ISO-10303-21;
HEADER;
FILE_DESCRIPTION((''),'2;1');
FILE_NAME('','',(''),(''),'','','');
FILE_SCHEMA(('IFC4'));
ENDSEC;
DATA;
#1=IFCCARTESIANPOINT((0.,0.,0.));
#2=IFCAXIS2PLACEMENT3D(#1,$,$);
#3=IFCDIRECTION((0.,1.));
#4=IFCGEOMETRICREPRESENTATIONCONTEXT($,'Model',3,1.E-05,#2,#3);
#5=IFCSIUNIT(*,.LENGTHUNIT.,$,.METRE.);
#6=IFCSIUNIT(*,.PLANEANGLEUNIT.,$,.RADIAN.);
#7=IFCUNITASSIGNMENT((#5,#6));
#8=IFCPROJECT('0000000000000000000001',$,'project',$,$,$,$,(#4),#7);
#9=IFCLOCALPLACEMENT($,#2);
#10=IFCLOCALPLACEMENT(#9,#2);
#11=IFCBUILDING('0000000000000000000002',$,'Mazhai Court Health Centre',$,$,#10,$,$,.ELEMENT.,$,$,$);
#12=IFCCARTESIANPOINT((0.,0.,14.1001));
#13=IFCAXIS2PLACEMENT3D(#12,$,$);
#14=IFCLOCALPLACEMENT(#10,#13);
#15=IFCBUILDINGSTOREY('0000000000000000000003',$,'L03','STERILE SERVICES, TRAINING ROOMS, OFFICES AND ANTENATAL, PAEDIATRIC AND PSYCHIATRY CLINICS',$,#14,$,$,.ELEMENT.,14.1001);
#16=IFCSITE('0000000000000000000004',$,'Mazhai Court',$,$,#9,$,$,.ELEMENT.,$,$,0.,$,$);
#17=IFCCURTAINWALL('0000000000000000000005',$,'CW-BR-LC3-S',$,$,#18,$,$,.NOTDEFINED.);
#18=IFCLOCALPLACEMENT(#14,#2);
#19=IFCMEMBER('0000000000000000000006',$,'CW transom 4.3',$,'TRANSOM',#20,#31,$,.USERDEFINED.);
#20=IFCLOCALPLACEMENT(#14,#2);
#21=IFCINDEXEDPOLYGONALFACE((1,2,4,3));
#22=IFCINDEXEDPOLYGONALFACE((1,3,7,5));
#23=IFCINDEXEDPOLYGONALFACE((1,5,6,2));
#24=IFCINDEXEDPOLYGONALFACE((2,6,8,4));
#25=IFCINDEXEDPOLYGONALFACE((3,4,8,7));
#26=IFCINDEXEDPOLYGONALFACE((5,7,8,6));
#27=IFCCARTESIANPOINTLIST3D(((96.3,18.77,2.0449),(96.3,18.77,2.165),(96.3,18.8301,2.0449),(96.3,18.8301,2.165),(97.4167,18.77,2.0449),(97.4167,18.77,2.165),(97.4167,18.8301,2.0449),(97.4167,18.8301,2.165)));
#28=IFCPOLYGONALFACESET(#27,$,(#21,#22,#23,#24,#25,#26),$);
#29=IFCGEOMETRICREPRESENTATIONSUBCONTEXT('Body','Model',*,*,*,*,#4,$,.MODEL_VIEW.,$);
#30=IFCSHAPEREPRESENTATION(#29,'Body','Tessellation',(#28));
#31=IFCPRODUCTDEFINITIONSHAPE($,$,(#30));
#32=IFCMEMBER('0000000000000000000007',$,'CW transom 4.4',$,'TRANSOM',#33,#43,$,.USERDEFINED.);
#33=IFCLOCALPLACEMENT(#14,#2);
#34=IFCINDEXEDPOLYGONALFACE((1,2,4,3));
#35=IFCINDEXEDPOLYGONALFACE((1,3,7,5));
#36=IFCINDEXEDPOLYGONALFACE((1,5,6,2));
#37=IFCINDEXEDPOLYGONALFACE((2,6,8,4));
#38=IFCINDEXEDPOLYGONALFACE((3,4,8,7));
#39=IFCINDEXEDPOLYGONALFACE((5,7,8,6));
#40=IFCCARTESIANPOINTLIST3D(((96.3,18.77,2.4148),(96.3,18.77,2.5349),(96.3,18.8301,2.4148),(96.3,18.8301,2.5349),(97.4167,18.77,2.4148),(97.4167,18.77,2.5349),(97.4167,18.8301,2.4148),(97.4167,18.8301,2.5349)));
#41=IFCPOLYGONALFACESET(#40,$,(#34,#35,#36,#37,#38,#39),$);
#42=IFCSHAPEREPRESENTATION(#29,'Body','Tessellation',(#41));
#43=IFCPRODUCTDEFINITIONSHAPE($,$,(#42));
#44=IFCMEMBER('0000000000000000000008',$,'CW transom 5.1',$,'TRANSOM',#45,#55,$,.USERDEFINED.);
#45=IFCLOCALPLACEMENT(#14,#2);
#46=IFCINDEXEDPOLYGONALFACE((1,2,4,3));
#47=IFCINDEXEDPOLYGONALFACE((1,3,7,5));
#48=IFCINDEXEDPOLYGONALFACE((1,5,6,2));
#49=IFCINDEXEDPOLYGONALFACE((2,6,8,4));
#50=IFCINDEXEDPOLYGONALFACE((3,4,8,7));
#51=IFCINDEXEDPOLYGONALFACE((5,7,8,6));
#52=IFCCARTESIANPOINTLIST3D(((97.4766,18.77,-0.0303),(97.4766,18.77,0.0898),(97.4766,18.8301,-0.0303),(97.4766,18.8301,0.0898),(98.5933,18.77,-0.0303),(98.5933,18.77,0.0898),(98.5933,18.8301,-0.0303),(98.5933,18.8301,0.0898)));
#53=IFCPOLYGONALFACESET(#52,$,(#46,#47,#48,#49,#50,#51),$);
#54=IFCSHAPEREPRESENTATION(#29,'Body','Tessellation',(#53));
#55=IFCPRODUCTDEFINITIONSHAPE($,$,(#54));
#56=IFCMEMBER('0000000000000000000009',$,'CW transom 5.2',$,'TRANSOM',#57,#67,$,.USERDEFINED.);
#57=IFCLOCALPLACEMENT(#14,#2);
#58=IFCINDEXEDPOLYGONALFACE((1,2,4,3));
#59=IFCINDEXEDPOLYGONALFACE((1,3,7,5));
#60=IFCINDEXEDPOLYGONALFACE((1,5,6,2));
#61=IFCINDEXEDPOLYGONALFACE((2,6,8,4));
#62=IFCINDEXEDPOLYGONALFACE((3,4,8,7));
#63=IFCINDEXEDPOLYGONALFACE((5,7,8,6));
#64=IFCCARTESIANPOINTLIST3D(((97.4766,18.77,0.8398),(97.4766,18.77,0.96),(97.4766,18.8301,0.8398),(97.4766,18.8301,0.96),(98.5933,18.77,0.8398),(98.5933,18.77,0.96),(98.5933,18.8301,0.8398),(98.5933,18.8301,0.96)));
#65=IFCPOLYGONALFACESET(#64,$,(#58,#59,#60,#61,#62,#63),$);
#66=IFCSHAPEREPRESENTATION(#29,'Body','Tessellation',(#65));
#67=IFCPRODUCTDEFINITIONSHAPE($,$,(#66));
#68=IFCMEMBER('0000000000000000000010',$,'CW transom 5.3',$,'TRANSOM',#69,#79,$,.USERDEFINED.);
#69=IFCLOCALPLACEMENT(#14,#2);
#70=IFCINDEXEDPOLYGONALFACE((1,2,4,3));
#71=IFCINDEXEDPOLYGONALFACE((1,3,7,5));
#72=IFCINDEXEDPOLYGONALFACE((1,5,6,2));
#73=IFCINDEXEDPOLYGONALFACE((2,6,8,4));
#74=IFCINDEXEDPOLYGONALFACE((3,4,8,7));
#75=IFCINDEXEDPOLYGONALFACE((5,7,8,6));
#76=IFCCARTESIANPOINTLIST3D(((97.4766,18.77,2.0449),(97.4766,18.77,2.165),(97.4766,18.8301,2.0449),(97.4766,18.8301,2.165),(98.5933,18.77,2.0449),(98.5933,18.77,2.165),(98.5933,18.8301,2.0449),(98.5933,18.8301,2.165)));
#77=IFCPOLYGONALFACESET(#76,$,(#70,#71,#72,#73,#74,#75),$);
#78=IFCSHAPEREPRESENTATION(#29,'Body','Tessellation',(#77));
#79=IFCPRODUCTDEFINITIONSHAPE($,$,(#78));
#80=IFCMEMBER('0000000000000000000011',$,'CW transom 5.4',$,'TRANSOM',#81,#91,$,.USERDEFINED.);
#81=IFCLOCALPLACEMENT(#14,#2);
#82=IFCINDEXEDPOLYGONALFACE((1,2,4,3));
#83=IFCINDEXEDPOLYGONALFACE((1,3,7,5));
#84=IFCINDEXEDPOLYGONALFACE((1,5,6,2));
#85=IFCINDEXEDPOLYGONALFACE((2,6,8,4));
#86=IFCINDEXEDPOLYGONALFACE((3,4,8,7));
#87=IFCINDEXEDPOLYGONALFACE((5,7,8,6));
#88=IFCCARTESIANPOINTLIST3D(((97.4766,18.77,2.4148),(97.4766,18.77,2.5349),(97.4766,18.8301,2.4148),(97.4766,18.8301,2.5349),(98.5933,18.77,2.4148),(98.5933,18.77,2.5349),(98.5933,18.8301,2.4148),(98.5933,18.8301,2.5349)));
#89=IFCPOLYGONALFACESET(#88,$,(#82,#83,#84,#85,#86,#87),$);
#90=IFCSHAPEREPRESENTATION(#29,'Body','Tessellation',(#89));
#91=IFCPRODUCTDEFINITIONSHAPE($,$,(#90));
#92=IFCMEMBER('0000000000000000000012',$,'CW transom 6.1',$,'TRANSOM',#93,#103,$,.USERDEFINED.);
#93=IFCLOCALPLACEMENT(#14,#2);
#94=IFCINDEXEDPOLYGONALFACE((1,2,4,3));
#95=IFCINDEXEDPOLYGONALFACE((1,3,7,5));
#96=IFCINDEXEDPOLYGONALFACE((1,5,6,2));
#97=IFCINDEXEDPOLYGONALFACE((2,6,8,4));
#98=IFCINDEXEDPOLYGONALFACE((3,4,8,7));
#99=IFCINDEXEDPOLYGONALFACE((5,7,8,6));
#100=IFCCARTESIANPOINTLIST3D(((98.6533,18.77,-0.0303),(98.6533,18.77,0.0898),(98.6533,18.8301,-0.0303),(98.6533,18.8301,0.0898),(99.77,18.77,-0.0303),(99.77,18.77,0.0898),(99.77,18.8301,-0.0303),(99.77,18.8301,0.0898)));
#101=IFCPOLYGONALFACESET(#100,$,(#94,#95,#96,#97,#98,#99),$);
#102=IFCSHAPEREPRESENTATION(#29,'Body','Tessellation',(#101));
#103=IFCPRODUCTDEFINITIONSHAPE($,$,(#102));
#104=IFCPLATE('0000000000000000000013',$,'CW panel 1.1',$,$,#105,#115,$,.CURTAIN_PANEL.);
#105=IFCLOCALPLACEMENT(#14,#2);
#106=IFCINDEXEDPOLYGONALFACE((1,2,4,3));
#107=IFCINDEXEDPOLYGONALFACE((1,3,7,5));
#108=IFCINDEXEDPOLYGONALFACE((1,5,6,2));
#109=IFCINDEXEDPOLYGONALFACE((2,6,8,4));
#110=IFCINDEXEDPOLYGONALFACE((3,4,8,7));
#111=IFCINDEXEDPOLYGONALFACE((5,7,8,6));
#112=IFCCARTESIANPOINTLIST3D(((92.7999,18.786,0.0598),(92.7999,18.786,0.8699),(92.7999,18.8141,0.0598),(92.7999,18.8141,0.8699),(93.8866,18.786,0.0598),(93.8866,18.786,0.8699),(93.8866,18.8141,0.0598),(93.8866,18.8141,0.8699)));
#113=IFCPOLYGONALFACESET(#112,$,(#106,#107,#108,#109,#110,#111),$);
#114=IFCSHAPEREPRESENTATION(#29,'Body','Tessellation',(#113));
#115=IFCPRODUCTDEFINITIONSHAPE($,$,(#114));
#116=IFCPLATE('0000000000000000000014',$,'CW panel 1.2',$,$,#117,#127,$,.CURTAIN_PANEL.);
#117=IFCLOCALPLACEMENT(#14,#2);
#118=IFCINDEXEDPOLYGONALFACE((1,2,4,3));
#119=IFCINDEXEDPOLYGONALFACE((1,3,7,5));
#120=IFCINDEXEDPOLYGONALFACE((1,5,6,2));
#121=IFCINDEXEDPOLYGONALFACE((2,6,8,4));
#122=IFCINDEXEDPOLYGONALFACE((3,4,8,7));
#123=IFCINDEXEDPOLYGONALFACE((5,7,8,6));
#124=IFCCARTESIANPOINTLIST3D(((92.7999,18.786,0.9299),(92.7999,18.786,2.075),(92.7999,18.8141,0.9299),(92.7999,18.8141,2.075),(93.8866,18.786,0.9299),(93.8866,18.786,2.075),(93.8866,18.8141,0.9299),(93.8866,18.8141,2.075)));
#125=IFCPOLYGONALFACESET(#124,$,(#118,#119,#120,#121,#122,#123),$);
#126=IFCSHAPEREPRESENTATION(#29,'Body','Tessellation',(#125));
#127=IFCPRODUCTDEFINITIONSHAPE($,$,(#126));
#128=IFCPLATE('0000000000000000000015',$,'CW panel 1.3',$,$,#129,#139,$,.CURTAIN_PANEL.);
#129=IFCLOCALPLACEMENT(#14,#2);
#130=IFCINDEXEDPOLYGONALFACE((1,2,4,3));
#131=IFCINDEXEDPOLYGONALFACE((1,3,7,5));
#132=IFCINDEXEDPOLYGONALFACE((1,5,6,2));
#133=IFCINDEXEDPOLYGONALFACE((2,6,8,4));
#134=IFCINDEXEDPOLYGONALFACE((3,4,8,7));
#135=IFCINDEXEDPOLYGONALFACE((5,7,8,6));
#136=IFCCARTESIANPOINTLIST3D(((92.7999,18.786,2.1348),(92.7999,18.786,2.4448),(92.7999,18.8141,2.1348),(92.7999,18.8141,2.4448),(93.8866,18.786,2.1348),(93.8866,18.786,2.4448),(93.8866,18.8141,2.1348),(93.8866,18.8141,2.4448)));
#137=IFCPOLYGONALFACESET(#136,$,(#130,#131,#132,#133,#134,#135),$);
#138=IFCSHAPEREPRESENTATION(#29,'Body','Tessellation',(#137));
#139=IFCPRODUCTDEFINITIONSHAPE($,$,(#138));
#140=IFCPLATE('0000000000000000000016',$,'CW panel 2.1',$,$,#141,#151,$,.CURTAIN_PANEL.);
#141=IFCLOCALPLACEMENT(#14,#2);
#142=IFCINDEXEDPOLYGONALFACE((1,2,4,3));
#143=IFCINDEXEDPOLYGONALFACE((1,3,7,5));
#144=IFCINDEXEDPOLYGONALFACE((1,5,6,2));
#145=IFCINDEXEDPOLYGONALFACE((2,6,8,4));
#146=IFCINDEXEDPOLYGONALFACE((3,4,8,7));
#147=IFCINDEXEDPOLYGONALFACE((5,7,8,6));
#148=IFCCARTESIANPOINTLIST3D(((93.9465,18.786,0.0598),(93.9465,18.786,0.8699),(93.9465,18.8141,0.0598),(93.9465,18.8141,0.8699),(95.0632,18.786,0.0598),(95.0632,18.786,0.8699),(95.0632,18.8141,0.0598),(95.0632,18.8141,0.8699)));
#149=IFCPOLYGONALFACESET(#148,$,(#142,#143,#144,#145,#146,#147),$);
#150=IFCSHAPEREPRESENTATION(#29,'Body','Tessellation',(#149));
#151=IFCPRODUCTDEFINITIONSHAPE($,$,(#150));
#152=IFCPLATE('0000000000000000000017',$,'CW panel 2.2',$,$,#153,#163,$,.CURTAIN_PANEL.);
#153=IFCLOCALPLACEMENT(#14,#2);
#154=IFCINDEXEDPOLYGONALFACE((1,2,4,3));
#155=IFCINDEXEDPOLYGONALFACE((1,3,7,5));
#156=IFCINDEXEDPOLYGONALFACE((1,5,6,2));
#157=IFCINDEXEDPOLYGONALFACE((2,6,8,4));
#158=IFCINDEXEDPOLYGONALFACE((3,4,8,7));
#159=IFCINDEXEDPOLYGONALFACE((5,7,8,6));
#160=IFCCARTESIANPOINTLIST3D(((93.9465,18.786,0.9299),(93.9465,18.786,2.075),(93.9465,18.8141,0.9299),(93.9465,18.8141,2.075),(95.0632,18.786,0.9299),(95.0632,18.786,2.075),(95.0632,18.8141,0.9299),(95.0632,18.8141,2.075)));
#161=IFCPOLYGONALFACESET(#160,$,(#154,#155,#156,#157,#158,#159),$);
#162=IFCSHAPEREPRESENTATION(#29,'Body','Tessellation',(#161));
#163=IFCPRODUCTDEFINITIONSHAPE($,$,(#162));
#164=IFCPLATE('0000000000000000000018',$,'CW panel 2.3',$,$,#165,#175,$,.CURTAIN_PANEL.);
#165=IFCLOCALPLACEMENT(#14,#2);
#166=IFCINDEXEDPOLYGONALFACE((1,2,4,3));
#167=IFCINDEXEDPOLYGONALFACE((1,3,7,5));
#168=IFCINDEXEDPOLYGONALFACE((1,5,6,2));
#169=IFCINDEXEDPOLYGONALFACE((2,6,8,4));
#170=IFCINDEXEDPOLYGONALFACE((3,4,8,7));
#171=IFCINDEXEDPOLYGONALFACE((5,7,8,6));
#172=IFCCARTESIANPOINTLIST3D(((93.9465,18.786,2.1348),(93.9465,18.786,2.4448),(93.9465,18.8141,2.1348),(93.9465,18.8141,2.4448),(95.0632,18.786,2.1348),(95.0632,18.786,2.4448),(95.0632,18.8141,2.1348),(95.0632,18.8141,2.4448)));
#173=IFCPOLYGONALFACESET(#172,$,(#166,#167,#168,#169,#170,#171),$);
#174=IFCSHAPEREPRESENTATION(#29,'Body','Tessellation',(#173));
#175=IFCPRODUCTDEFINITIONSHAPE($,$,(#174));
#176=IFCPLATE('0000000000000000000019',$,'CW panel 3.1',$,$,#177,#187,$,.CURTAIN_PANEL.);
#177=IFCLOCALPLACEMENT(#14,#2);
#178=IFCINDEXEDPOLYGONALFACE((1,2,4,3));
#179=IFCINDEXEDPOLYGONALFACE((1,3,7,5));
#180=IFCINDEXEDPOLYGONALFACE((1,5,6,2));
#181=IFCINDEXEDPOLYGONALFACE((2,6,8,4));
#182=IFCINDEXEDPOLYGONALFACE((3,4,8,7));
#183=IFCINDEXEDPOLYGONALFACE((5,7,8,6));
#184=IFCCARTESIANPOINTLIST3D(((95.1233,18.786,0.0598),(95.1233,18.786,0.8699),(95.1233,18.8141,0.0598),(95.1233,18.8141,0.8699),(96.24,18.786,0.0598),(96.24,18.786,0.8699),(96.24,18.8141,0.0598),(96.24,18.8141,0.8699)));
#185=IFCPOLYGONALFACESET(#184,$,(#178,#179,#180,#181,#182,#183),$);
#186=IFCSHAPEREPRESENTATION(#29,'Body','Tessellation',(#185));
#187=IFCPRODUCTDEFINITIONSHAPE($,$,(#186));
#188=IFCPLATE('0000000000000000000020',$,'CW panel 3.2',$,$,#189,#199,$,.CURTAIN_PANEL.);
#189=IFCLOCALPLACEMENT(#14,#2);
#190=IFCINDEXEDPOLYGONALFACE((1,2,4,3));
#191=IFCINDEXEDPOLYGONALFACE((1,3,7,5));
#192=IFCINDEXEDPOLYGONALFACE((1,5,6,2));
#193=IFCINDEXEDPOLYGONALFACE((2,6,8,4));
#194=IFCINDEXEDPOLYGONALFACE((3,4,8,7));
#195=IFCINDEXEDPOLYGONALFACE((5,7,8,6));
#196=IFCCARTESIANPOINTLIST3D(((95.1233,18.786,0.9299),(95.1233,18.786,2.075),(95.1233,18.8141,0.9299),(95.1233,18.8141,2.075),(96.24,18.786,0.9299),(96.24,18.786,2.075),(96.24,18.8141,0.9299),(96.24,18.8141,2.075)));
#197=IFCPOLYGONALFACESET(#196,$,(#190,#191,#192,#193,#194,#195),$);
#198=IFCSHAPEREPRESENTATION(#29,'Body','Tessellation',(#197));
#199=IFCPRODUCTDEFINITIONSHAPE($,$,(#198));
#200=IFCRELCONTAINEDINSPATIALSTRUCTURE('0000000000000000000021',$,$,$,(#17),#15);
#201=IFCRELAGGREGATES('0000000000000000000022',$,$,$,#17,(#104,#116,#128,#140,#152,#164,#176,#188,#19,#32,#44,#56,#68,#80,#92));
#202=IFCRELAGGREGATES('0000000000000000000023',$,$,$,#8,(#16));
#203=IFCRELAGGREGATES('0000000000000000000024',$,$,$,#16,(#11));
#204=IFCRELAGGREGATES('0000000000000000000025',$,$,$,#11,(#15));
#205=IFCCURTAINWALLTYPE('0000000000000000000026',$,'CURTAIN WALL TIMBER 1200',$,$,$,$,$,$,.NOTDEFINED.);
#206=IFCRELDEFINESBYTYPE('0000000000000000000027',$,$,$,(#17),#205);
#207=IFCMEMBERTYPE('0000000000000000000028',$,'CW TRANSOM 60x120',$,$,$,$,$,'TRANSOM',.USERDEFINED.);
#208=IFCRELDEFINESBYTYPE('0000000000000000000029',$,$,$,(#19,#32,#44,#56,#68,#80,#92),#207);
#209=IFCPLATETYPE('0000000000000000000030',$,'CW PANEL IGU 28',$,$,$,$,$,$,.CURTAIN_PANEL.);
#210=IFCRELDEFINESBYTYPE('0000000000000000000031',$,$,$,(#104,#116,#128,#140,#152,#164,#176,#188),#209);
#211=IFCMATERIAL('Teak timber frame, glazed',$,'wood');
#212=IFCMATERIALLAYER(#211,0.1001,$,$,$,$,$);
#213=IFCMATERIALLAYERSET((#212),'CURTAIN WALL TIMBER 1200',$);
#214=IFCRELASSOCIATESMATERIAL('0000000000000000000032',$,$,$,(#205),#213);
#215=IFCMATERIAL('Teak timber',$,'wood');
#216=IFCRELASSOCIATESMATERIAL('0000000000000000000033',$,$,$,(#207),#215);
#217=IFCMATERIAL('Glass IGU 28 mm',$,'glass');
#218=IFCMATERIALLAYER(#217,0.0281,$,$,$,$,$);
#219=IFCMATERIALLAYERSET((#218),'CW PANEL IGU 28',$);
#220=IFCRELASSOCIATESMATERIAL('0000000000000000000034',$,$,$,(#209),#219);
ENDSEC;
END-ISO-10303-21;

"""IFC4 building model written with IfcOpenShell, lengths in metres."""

from ifc_helpers import new_model, si_unit, direction, frame, origin, origin_2d, place, context, subcontext, project, spatial, rectangle, extrude, material, layer, layer_set, material_profile, profile_set, type_object, element, aggregate, save


model = new_model("IFC4")

# Units and contexts
model_context = context("Model", 3, precision=1e-05, world=origin(), true_north=direction((0.0, 1.0)))
body_context = subcontext(model_context, "Body", "Model", "MODEL_VIEW")
ifc_project = project(units=[si_unit("LENGTHUNIT", "METRE"), si_unit("PLANEANGLEUNIT", "RADIAN")], contexts=[model_context])

# Site, building, storey
site_placement = place(None, origin())
site = spatial("IfcSite", under=ifc_project, at=site_placement, Name="Mazhai Court", CompositionType="ELEMENT", RefElevation=0.0)
building_placement = place(site_placement, origin())
building = spatial("IfcBuilding", under=site, at=building_placement, Name="Mazhai Court Health Centre", CompositionType="ELEMENT")
storey_placement = place(building_placement, frame((0.0, 0.0, 14.1001)))
storey = spatial("IfcBuildingStorey", under=building, at=storey_placement, Name="L03", Description="STERILE SERVICES, TRAINING ROOMS, OFFICES AND ANTENATAL, PAEDIATRIC AND PSYCHIATRY CLINICS", CompositionType="ELEMENT", Elevation=14.1001)

# Curtain wall, members, plates
ifc_material_1 = material(Name="Teak timber frame, glazed", Category="wood")
ifc_layer_1 = layer(ifc_material_1, 0.1001)
ifc_layer_set_1 = layer_set([ifc_layer_1], Name="CURTAIN WALL TIMBER 1200")
curtain_wall_type = type_object("IfcCurtainWallType", Name="CURTAIN WALL TIMBER 1200", PredefinedType="NOTDEFINED", material=ifc_layer_set_1)
curtain_wall_placement = place(storey_placement, origin())
curtain_wall = element("IfcCurtainWall", 1, at=curtain_wall_placement, inside=storey, type_object=curtain_wall_type, Name="CW-BR-LC3-S", PredefinedType="NOTDEFINED")
ifc_material_2 = material(Name="Teak timber", Category="wood")
ifc_material_profile_1 = material_profile(ifc_material_2, rectangle(XDim=0.0601, YDim=0.1201, at=origin_2d()), Name="CW TRANSOM 60x120")
ifc_profile_set_1 = profile_set([ifc_material_profile_1], Name="Teak timber")
member_type_1 = type_object("IfcMemberType", Name="CW TRANSOM 60x120", ElementType="TRANSOM", PredefinedType="USERDEFINED", material=ifc_profile_set_1)
member_1_placement = place(storey_placement, frame((96.3, 18.8, 2.105), z_axis=(1.0, 0.0, 0.0), x_axis=(0.0, 1.0, 0.0)))
member_1 = element("IfcMember", 2, at=member_1_placement, type_object=member_type_1, Name="CW transom 4.3", ObjectType="TRANSOM", PredefinedType="USERDEFINED", context=body_context, shape_type="SweptSolid", body=[
    extrude(rectangle(XDim=0.0601, YDim=0.1201, at=origin_2d()), origin(), (0.0, 0.0, 1.0), 1.1167),
])
member_2_placement = place(storey_placement, frame((96.3, 18.8, 2.4749), z_axis=(1.0, 0.0, 0.0), x_axis=(0.0, 1.0, 0.0)))
member_2 = element("IfcMember", 3, at=member_2_placement, type_object=member_type_1, Name="CW transom 4.4", ObjectType="TRANSOM", PredefinedType="USERDEFINED", context=body_context, shape_type="SweptSolid", body=[
    extrude(rectangle(XDim=0.0601, YDim=0.1201, at=origin_2d()), origin(), (0.0, 0.0, 1.0), 1.1167),
])
member_3_placement = place(storey_placement, frame((97.4766, 18.8, 0.0298), z_axis=(1.0, 0.0, 0.0), x_axis=(0.0, 1.0, 0.0)))
member_3 = element("IfcMember", 4, at=member_3_placement, type_object=member_type_1, Name="CW transom 5.1", ObjectType="TRANSOM", PredefinedType="USERDEFINED", context=body_context, shape_type="SweptSolid", body=[
    extrude(rectangle(XDim=0.0601, YDim=0.1201, at=origin_2d()), origin(), (0.0, 0.0, 1.0), 1.1167),
])
member_4_placement = place(storey_placement, frame((97.4766, 18.8, 0.8999), z_axis=(1.0, 0.0, 0.0), x_axis=(0.0, 1.0, 0.0)))
member_4 = element("IfcMember", 5, at=member_4_placement, type_object=member_type_1, Name="CW transom 5.2", ObjectType="TRANSOM", PredefinedType="USERDEFINED", context=body_context, shape_type="SweptSolid", body=[
    extrude(rectangle(XDim=0.0601, YDim=0.1201, at=origin_2d()), origin(), (0.0, 0.0, 1.0), 1.1167),
])
member_5_placement = place(storey_placement, frame((97.4766, 18.8, 2.105), z_axis=(1.0, 0.0, 0.0), x_axis=(0.0, 1.0, 0.0)))
member_5 = element("IfcMember", 6, at=member_5_placement, type_object=member_type_1, Name="CW transom 5.3", ObjectType="TRANSOM", PredefinedType="USERDEFINED", context=body_context, shape_type="SweptSolid", body=[
    extrude(rectangle(XDim=0.0601, YDim=0.1201, at=origin_2d()), origin(), (0.0, 0.0, 1.0), 1.1167),
])
member_6_placement = place(storey_placement, frame((97.4766, 18.8, 2.4749), z_axis=(1.0, 0.0, 0.0), x_axis=(0.0, 1.0, 0.0)))
member_6 = element("IfcMember", 7, at=member_6_placement, type_object=member_type_1, Name="CW transom 5.4", ObjectType="TRANSOM", PredefinedType="USERDEFINED", context=body_context, shape_type="SweptSolid", body=[
    extrude(rectangle(XDim=0.0601, YDim=0.1201, at=origin_2d()), origin(), (0.0, 0.0, 1.0), 1.1167),
])
member_7_placement = place(storey_placement, frame((98.6533, 18.8, 0.0298), z_axis=(1.0, 0.0, 0.0), x_axis=(0.0, 1.0, 0.0)))
member_7 = element("IfcMember", 8, at=member_7_placement, type_object=member_type_1, Name="CW transom 6.1", ObjectType="TRANSOM", PredefinedType="USERDEFINED", context=body_context, shape_type="SweptSolid", body=[
    extrude(rectangle(XDim=0.0601, YDim=0.1201, at=origin_2d()), origin(), (0.0, 0.0, 1.0), 1.1167),
])
ifc_material_3 = material(Name="Glass IGU 28 mm", Category="glass")
ifc_layer_2 = layer(ifc_material_3, 0.0281)
ifc_layer_set_2 = layer_set([ifc_layer_2], Name="CW PANEL IGU 28")
plate_type = type_object("IfcPlateType", Name="CW PANEL IGU 28", PredefinedType="CURTAIN_PANEL", material=ifc_layer_set_2)
plate_1_placement = place(storey_placement, frame((93.3433, 18.8, 0.0598), z_axis=(0.0, 0.0, 1.0), x_axis=(1.0, 0.0, 0.0)))
plate_1 = element("IfcPlate", 9, at=plate_1_placement, type_object=plate_type, Name="CW panel 1.1", PredefinedType="CURTAIN_PANEL", context=body_context, shape_type="SweptSolid", body=[
    extrude(rectangle(XDim=1.0867, YDim=0.0281, at=origin_2d()), origin(), (0.0, 0.0, 1.0), 0.8101),
])
plate_2_placement = place(storey_placement, frame((93.3433, 18.8, 0.9299), z_axis=(0.0, 0.0, 1.0), x_axis=(1.0, 0.0, 0.0)))
plate_2 = element("IfcPlate", 10, at=plate_2_placement, type_object=plate_type, Name="CW panel 1.2", PredefinedType="CURTAIN_PANEL", context=body_context, shape_type="SweptSolid", body=[
    extrude(rectangle(XDim=1.0867, YDim=0.0281, at=origin_2d()), origin(), (0.0, 0.0, 1.0), 1.145),
])
plate_3_placement = place(storey_placement, frame((93.3433, 18.8, 2.1348), z_axis=(0.0, 0.0, 1.0), x_axis=(1.0, 0.0, 0.0)))
plate_3 = element("IfcPlate", 11, at=plate_3_placement, type_object=plate_type, Name="CW panel 1.3", PredefinedType="CURTAIN_PANEL", context=body_context, shape_type="SweptSolid", body=[
    extrude(rectangle(XDim=1.0867, YDim=0.0281, at=origin_2d()), origin(), (0.0, 0.0, 1.0), 0.3101),
])
plate_4_placement = place(storey_placement, frame((94.5049, 18.8, 0.0598), z_axis=(0.0, 0.0, 1.0), x_axis=(1.0, 0.0, 0.0)))
plate_4 = element("IfcPlate", 12, at=plate_4_placement, type_object=plate_type, Name="CW panel 2.1", PredefinedType="CURTAIN_PANEL", context=body_context, shape_type="SweptSolid", body=[
    extrude(rectangle(XDim=1.1167, YDim=0.0281, at=origin_2d()), origin(), (0.0, 0.0, 1.0), 0.8101),
])
plate_5_placement = place(storey_placement, frame((94.5049, 18.8, 0.9299), z_axis=(0.0, 0.0, 1.0), x_axis=(1.0, 0.0, 0.0)))
plate_5 = element("IfcPlate", 13, at=plate_5_placement, type_object=plate_type, Name="CW panel 2.2", PredefinedType="CURTAIN_PANEL", context=body_context, shape_type="SweptSolid", body=[
    extrude(rectangle(XDim=1.1167, YDim=0.0281, at=origin_2d()), origin(), (0.0, 0.0, 1.0), 1.145),
])
plate_6_placement = place(storey_placement, frame((94.5049, 18.8, 2.1348), z_axis=(0.0, 0.0, 1.0), x_axis=(1.0, 0.0, 0.0)))
plate_6 = element("IfcPlate", 14, at=plate_6_placement, type_object=plate_type, Name="CW panel 2.3", PredefinedType="CURTAIN_PANEL", context=body_context, shape_type="SweptSolid", body=[
    extrude(rectangle(XDim=1.1167, YDim=0.0281, at=origin_2d()), origin(), (0.0, 0.0, 1.0), 0.3101),
])
plate_7_placement = place(storey_placement, frame((95.6816, 18.8, 0.0598), z_axis=(0.0, 0.0, 1.0), x_axis=(1.0, 0.0, 0.0)))
plate_7 = element("IfcPlate", 15, at=plate_7_placement, type_object=plate_type, Name="CW panel 3.1", PredefinedType="CURTAIN_PANEL", context=body_context, shape_type="SweptSolid", body=[
    extrude(rectangle(XDim=1.1167, YDim=0.0281, at=origin_2d()), origin(), (0.0, 0.0, 1.0), 0.8101),
])
plate_8_placement = place(storey_placement, frame((95.6816, 18.8, 0.9299), z_axis=(0.0, 0.0, 1.0), x_axis=(1.0, 0.0, 0.0)))
plate_8 = element("IfcPlate", 16, at=plate_8_placement, type_object=plate_type, Name="CW panel 3.2", PredefinedType="CURTAIN_PANEL", context=body_context, shape_type="SweptSolid", body=[
    extrude(rectangle(XDim=1.1167, YDim=0.0281, at=origin_2d()), origin(), (0.0, 0.0, 1.0), 1.145),
])
aggregate(curtain_wall, [plate_1, plate_2, plate_3, plate_4, plate_5, plate_6, plate_7, plate_8, member_1, member_2, member_3, member_4, member_5, member_6, member_7])

save(model, "model.ifc")
